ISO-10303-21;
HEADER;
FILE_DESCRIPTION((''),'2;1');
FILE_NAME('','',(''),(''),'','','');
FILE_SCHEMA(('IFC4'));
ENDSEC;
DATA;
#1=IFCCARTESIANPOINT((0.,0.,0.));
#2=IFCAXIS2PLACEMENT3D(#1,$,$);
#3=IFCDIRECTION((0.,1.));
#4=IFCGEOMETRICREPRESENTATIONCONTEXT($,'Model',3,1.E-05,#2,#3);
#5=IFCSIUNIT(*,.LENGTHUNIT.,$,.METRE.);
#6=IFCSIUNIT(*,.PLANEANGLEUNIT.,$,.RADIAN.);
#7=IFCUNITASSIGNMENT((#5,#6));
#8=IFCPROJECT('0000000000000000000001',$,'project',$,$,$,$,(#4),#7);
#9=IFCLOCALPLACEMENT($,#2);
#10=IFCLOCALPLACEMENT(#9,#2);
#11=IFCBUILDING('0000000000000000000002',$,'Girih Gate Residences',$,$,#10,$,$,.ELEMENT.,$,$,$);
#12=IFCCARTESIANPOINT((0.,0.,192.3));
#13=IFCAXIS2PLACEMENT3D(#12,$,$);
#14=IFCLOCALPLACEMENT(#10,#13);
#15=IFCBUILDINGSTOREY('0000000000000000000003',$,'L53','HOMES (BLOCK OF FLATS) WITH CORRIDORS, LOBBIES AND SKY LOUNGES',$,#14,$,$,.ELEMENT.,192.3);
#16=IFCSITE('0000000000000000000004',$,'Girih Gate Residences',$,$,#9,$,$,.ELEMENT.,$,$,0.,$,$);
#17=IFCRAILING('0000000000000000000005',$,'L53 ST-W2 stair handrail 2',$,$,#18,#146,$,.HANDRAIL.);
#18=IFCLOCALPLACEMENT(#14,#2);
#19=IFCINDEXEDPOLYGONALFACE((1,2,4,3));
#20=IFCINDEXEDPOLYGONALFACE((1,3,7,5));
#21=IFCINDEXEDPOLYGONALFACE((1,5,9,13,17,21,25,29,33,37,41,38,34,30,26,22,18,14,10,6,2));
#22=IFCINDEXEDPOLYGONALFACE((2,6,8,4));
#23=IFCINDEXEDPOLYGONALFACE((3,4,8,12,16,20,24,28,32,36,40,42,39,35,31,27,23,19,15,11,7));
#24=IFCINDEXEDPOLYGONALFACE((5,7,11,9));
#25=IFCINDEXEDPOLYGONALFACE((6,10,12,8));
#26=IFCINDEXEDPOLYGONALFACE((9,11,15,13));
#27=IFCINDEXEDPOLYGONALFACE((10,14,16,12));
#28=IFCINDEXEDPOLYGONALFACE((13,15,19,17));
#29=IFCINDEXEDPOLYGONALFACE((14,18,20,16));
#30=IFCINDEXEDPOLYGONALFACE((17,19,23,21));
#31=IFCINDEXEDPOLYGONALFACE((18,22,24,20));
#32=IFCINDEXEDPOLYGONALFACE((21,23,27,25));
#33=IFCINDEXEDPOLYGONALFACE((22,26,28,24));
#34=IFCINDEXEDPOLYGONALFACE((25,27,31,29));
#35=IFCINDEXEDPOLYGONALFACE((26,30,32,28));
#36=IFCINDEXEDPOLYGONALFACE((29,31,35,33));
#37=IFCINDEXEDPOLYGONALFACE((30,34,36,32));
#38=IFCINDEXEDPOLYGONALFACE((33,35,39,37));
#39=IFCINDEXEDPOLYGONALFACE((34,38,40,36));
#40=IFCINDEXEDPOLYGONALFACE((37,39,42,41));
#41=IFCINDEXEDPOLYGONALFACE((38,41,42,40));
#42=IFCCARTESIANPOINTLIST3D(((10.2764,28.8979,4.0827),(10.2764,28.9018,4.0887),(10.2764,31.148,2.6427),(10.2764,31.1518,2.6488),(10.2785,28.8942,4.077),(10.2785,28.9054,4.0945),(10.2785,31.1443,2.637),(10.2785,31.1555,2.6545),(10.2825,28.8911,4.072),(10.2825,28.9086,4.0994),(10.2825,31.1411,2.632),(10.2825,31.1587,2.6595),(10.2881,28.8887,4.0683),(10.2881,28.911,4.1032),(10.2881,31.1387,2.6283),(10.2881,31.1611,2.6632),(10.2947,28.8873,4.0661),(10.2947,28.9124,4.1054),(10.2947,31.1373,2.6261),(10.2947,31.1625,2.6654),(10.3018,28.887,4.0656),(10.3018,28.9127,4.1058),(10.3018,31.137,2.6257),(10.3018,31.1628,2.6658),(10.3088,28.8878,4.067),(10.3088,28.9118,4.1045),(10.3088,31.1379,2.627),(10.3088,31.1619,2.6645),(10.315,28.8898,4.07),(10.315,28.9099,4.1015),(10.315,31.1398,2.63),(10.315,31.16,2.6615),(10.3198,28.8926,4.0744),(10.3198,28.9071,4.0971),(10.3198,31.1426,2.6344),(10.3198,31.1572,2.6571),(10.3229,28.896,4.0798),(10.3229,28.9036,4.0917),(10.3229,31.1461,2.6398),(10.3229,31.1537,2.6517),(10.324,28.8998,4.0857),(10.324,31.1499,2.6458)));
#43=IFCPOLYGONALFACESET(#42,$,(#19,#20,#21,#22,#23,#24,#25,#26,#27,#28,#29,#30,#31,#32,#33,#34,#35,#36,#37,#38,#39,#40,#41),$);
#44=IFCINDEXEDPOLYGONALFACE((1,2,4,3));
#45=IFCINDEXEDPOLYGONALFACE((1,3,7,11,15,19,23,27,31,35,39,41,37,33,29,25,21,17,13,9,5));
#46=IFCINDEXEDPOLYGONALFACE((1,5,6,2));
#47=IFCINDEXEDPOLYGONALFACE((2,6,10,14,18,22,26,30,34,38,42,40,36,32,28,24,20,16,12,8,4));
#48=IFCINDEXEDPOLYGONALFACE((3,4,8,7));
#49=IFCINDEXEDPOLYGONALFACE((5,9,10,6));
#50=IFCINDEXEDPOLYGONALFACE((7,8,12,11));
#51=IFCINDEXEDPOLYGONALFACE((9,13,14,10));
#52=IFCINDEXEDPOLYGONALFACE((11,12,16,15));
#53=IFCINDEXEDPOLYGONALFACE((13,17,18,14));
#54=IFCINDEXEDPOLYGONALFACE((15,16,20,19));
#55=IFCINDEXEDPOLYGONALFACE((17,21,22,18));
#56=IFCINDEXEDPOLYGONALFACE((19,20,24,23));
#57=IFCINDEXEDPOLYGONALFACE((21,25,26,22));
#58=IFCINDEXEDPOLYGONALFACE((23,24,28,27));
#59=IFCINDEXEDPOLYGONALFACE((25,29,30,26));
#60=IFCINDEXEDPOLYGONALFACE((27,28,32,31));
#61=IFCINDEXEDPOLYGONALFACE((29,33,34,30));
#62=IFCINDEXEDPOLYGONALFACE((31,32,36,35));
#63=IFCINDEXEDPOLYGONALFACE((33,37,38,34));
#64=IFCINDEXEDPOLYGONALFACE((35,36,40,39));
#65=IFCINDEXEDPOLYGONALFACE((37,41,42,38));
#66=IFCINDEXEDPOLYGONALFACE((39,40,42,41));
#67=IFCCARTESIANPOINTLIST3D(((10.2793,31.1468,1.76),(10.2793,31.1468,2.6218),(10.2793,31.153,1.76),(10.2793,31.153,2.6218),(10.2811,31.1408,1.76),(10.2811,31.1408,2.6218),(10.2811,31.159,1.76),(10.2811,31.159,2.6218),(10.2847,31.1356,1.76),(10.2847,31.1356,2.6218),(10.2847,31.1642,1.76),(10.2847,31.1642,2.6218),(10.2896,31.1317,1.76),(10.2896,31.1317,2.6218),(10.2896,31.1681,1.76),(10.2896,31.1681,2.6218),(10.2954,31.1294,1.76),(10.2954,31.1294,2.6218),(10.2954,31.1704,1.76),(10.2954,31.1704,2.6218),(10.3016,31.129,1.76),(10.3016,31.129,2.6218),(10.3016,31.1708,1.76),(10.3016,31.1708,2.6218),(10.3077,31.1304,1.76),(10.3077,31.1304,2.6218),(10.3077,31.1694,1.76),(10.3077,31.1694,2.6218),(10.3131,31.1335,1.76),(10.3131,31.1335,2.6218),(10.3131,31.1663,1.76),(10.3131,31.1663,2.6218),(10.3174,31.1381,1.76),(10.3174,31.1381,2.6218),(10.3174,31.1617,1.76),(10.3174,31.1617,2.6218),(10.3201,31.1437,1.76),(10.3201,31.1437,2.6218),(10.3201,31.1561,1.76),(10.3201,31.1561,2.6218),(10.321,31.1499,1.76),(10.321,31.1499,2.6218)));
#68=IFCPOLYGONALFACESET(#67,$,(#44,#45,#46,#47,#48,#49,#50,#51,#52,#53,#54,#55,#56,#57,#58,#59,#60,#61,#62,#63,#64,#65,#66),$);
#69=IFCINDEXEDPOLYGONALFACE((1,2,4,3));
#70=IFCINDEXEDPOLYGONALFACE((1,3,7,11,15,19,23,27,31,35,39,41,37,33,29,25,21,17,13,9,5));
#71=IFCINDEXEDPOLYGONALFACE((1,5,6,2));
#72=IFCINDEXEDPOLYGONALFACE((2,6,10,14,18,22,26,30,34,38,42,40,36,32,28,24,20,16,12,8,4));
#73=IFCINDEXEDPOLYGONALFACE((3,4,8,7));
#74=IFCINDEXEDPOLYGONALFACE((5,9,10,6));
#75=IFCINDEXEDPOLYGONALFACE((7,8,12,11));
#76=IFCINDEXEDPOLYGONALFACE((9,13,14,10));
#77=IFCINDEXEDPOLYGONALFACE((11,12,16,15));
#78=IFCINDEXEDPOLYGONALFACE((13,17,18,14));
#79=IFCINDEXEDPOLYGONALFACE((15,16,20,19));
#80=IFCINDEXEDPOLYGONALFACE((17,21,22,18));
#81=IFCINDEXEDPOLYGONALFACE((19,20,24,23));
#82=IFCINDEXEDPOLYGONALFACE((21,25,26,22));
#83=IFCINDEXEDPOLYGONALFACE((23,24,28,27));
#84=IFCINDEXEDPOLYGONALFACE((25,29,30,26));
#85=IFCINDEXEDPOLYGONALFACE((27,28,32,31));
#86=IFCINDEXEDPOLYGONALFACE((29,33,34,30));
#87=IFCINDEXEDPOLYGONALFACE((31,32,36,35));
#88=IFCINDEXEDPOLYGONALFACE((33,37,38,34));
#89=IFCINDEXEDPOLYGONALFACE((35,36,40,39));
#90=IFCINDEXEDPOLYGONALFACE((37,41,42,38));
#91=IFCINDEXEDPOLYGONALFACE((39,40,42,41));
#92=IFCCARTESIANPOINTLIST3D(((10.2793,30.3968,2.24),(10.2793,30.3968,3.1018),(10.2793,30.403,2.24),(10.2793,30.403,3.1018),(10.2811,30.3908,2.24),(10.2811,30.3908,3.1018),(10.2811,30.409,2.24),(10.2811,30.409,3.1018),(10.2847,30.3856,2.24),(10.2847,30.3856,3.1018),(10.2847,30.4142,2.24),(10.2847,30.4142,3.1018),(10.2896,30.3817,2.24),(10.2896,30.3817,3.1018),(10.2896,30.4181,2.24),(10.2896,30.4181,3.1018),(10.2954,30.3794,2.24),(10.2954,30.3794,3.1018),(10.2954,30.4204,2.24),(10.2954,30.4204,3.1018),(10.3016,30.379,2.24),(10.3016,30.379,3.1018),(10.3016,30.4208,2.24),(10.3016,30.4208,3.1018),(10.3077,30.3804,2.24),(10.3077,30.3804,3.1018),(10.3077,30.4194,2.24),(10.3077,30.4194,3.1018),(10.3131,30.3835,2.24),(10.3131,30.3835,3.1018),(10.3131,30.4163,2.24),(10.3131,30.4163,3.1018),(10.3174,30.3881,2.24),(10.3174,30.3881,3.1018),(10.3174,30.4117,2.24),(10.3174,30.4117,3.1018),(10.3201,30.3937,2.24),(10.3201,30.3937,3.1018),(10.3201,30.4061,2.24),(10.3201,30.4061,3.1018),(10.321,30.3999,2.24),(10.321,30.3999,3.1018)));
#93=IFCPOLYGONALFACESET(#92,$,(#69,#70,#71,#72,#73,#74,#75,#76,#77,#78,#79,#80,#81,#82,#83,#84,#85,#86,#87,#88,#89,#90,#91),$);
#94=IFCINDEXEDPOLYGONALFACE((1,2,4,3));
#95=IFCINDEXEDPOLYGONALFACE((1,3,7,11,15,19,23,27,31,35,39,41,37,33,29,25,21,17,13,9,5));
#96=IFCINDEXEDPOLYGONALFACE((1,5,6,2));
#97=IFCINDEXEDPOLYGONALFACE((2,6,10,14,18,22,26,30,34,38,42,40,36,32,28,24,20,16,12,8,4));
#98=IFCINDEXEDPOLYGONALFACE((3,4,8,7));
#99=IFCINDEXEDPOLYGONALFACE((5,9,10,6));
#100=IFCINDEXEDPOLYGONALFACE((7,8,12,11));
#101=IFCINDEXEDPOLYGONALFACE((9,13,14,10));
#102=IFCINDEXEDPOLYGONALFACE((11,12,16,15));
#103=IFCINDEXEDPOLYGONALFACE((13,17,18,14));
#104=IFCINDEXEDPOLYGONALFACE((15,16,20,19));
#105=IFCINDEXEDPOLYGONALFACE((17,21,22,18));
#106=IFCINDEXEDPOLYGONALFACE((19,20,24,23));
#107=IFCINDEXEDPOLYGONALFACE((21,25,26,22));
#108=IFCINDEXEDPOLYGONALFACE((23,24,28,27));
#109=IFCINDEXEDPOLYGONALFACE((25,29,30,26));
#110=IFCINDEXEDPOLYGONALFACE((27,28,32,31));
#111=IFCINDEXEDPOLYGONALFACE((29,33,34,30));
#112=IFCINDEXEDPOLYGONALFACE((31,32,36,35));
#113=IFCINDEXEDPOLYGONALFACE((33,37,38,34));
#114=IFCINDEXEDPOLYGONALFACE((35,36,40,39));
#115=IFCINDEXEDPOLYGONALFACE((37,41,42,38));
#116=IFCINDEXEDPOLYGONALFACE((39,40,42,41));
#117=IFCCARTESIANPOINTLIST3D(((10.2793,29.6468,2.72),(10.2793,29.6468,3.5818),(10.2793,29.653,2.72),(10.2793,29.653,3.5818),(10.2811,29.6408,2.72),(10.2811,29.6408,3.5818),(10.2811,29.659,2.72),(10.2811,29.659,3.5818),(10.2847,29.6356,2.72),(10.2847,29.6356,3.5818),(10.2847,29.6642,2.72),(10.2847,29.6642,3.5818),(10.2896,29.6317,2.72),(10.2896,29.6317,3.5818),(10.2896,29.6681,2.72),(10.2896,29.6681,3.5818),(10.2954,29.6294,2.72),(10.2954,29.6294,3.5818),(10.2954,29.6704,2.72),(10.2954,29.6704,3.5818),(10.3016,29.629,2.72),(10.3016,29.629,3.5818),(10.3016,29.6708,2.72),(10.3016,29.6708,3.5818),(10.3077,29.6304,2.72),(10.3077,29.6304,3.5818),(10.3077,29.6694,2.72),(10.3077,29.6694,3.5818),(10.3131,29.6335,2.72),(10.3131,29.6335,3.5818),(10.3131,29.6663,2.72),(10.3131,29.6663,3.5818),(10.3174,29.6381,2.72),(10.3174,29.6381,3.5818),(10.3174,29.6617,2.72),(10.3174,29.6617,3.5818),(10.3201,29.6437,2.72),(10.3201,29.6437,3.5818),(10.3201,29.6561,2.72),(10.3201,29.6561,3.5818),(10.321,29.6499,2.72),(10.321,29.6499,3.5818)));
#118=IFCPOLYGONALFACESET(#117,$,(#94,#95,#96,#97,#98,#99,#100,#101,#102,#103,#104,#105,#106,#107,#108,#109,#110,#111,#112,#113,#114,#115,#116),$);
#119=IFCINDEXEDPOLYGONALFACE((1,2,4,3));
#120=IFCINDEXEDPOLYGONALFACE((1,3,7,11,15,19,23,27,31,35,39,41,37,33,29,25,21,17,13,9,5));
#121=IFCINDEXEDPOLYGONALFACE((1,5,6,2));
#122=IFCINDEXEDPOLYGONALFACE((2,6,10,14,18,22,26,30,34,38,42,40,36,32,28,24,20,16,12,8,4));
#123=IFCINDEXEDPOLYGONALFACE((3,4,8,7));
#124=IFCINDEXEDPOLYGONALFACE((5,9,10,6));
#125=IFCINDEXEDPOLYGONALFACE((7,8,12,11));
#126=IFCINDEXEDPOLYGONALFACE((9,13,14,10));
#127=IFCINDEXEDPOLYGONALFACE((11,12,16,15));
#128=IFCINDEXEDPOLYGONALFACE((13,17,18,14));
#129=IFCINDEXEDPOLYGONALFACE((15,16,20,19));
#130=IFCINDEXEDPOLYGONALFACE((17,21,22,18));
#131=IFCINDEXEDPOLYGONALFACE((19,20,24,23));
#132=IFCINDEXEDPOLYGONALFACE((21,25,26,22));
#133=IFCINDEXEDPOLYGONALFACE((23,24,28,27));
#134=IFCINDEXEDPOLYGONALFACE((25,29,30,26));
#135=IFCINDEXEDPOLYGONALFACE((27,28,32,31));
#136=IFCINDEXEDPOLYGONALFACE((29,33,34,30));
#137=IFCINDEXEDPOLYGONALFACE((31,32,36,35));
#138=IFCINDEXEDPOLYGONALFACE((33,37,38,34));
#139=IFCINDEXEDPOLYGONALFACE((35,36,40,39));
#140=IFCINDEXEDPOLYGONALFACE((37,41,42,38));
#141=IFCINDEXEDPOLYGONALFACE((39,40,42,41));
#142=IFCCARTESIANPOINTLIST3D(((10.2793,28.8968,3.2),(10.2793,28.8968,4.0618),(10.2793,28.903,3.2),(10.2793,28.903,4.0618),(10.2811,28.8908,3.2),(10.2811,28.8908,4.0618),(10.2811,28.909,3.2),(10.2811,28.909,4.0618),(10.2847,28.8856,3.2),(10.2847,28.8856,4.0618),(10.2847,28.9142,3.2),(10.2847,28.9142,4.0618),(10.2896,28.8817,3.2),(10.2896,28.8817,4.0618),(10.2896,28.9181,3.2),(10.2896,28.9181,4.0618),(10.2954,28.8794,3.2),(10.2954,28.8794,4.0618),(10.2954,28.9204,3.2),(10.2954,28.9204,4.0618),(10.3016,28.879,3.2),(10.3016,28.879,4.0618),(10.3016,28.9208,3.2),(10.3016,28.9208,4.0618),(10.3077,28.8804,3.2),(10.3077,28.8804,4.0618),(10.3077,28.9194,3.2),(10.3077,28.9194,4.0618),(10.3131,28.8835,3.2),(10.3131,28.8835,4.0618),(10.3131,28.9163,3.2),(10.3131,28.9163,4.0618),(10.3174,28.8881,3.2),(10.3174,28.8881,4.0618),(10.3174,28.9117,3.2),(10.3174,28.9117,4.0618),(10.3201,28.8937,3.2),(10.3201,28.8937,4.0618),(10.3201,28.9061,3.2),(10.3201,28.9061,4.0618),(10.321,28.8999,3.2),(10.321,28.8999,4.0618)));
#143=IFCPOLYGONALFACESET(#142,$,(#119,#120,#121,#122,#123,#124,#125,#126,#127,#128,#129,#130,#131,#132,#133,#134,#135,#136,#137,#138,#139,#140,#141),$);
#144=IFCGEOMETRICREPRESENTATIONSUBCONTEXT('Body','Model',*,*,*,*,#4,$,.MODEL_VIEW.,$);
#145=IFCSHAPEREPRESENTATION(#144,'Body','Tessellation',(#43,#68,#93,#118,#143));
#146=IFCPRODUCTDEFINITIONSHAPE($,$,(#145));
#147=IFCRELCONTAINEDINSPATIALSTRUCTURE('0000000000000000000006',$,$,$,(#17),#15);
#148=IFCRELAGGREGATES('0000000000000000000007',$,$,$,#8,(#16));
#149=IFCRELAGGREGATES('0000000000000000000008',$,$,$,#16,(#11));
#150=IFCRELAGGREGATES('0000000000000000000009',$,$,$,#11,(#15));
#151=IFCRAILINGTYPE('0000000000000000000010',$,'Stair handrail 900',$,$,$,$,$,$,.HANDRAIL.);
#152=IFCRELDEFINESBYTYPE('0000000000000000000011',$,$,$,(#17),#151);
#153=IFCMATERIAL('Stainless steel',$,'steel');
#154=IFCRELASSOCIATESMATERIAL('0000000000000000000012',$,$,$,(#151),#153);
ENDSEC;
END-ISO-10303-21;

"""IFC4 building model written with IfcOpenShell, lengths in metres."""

from ifc_helpers import new_model, si_unit, direction, frame, origin, origin_2d, place, context, subcontext, project, spatial, circle, extrude, material, type_object, element, save


model = new_model("IFC4")

# Units and contexts
model_context = context("Model", 3, precision=1e-05, world=origin(), true_north=direction((0.0, 1.0)))
body_context = subcontext(model_context, "Body", "Model", "MODEL_VIEW")
ifc_project = project(units=[si_unit("LENGTHUNIT", "METRE"), si_unit("PLANEANGLEUNIT", "RADIAN")], contexts=[model_context])

# Site, building, storey
site_placement = place(None, origin())
site = spatial("IfcSite", under=ifc_project, at=site_placement, Name="Girih Gate Residences", CompositionType="ELEMENT", RefElevation=0.0)
building_placement = place(site_placement, origin())
building = spatial("IfcBuilding", under=site, at=building_placement, Name="Girih Gate Residences", CompositionType="ELEMENT")
storey_placement = place(building_placement, frame((0.0, 0.0, 192.3)))
storey = spatial("IfcBuildingStorey", under=building, at=storey_placement, Name="L53", Description="HOMES (BLOCK OF FLATS) WITH CORRIDORS, LOBBIES AND SKY LOUNGES", CompositionType="ELEMENT", Elevation=192.3)

# Railing
ifc_material_1 = material(Name="Stainless steel", Category="steel")
railing_type_1 = type_object("IfcRailingType", Name="Stair handrail 900", PredefinedType="HANDRAIL", material=ifc_material_1)
railing_1_placement = place(storey_placement, frame((10.3, 31.1499, 1.76)))
element("IfcRailing", 1, at=railing_1_placement, inside=storey, type_object=railing_type_1, Name="L53 ST-W2 stair handrail 2", PredefinedType="HANDRAIL", context=body_context, shape_type="SweptSolid", body=[
    extrude(circle(Radius=0.0239, at=origin_2d()), frame((0.0, 0.0, 0.8857), z_axis=(0.0, -0.842281, 0.539038), x_axis=(1.0, 0.0, 0.0)), (0.0, 0.0, 1.0), 2.6714),
    extrude(circle(Radius=0.021, at=origin_2d()), origin(), (0.0, 0.0, 1.0), 0.8618),
    extrude(circle(Radius=0.021, at=origin_2d()), frame((0.0, -0.75, 0.48)), (0.0, 0.0, 1.0), 0.8618),
    extrude(circle(Radius=0.021, at=origin_2d()), frame((0.0, -1.5, 0.96)), (0.0, 0.0, 1.0), 0.8618),
    extrude(circle(Radius=0.021, at=origin_2d()), frame((0.0, -2.25, 1.4399)), (0.0, 0.0, 1.0), 0.8618),
])

save(model, "model.ifc")
